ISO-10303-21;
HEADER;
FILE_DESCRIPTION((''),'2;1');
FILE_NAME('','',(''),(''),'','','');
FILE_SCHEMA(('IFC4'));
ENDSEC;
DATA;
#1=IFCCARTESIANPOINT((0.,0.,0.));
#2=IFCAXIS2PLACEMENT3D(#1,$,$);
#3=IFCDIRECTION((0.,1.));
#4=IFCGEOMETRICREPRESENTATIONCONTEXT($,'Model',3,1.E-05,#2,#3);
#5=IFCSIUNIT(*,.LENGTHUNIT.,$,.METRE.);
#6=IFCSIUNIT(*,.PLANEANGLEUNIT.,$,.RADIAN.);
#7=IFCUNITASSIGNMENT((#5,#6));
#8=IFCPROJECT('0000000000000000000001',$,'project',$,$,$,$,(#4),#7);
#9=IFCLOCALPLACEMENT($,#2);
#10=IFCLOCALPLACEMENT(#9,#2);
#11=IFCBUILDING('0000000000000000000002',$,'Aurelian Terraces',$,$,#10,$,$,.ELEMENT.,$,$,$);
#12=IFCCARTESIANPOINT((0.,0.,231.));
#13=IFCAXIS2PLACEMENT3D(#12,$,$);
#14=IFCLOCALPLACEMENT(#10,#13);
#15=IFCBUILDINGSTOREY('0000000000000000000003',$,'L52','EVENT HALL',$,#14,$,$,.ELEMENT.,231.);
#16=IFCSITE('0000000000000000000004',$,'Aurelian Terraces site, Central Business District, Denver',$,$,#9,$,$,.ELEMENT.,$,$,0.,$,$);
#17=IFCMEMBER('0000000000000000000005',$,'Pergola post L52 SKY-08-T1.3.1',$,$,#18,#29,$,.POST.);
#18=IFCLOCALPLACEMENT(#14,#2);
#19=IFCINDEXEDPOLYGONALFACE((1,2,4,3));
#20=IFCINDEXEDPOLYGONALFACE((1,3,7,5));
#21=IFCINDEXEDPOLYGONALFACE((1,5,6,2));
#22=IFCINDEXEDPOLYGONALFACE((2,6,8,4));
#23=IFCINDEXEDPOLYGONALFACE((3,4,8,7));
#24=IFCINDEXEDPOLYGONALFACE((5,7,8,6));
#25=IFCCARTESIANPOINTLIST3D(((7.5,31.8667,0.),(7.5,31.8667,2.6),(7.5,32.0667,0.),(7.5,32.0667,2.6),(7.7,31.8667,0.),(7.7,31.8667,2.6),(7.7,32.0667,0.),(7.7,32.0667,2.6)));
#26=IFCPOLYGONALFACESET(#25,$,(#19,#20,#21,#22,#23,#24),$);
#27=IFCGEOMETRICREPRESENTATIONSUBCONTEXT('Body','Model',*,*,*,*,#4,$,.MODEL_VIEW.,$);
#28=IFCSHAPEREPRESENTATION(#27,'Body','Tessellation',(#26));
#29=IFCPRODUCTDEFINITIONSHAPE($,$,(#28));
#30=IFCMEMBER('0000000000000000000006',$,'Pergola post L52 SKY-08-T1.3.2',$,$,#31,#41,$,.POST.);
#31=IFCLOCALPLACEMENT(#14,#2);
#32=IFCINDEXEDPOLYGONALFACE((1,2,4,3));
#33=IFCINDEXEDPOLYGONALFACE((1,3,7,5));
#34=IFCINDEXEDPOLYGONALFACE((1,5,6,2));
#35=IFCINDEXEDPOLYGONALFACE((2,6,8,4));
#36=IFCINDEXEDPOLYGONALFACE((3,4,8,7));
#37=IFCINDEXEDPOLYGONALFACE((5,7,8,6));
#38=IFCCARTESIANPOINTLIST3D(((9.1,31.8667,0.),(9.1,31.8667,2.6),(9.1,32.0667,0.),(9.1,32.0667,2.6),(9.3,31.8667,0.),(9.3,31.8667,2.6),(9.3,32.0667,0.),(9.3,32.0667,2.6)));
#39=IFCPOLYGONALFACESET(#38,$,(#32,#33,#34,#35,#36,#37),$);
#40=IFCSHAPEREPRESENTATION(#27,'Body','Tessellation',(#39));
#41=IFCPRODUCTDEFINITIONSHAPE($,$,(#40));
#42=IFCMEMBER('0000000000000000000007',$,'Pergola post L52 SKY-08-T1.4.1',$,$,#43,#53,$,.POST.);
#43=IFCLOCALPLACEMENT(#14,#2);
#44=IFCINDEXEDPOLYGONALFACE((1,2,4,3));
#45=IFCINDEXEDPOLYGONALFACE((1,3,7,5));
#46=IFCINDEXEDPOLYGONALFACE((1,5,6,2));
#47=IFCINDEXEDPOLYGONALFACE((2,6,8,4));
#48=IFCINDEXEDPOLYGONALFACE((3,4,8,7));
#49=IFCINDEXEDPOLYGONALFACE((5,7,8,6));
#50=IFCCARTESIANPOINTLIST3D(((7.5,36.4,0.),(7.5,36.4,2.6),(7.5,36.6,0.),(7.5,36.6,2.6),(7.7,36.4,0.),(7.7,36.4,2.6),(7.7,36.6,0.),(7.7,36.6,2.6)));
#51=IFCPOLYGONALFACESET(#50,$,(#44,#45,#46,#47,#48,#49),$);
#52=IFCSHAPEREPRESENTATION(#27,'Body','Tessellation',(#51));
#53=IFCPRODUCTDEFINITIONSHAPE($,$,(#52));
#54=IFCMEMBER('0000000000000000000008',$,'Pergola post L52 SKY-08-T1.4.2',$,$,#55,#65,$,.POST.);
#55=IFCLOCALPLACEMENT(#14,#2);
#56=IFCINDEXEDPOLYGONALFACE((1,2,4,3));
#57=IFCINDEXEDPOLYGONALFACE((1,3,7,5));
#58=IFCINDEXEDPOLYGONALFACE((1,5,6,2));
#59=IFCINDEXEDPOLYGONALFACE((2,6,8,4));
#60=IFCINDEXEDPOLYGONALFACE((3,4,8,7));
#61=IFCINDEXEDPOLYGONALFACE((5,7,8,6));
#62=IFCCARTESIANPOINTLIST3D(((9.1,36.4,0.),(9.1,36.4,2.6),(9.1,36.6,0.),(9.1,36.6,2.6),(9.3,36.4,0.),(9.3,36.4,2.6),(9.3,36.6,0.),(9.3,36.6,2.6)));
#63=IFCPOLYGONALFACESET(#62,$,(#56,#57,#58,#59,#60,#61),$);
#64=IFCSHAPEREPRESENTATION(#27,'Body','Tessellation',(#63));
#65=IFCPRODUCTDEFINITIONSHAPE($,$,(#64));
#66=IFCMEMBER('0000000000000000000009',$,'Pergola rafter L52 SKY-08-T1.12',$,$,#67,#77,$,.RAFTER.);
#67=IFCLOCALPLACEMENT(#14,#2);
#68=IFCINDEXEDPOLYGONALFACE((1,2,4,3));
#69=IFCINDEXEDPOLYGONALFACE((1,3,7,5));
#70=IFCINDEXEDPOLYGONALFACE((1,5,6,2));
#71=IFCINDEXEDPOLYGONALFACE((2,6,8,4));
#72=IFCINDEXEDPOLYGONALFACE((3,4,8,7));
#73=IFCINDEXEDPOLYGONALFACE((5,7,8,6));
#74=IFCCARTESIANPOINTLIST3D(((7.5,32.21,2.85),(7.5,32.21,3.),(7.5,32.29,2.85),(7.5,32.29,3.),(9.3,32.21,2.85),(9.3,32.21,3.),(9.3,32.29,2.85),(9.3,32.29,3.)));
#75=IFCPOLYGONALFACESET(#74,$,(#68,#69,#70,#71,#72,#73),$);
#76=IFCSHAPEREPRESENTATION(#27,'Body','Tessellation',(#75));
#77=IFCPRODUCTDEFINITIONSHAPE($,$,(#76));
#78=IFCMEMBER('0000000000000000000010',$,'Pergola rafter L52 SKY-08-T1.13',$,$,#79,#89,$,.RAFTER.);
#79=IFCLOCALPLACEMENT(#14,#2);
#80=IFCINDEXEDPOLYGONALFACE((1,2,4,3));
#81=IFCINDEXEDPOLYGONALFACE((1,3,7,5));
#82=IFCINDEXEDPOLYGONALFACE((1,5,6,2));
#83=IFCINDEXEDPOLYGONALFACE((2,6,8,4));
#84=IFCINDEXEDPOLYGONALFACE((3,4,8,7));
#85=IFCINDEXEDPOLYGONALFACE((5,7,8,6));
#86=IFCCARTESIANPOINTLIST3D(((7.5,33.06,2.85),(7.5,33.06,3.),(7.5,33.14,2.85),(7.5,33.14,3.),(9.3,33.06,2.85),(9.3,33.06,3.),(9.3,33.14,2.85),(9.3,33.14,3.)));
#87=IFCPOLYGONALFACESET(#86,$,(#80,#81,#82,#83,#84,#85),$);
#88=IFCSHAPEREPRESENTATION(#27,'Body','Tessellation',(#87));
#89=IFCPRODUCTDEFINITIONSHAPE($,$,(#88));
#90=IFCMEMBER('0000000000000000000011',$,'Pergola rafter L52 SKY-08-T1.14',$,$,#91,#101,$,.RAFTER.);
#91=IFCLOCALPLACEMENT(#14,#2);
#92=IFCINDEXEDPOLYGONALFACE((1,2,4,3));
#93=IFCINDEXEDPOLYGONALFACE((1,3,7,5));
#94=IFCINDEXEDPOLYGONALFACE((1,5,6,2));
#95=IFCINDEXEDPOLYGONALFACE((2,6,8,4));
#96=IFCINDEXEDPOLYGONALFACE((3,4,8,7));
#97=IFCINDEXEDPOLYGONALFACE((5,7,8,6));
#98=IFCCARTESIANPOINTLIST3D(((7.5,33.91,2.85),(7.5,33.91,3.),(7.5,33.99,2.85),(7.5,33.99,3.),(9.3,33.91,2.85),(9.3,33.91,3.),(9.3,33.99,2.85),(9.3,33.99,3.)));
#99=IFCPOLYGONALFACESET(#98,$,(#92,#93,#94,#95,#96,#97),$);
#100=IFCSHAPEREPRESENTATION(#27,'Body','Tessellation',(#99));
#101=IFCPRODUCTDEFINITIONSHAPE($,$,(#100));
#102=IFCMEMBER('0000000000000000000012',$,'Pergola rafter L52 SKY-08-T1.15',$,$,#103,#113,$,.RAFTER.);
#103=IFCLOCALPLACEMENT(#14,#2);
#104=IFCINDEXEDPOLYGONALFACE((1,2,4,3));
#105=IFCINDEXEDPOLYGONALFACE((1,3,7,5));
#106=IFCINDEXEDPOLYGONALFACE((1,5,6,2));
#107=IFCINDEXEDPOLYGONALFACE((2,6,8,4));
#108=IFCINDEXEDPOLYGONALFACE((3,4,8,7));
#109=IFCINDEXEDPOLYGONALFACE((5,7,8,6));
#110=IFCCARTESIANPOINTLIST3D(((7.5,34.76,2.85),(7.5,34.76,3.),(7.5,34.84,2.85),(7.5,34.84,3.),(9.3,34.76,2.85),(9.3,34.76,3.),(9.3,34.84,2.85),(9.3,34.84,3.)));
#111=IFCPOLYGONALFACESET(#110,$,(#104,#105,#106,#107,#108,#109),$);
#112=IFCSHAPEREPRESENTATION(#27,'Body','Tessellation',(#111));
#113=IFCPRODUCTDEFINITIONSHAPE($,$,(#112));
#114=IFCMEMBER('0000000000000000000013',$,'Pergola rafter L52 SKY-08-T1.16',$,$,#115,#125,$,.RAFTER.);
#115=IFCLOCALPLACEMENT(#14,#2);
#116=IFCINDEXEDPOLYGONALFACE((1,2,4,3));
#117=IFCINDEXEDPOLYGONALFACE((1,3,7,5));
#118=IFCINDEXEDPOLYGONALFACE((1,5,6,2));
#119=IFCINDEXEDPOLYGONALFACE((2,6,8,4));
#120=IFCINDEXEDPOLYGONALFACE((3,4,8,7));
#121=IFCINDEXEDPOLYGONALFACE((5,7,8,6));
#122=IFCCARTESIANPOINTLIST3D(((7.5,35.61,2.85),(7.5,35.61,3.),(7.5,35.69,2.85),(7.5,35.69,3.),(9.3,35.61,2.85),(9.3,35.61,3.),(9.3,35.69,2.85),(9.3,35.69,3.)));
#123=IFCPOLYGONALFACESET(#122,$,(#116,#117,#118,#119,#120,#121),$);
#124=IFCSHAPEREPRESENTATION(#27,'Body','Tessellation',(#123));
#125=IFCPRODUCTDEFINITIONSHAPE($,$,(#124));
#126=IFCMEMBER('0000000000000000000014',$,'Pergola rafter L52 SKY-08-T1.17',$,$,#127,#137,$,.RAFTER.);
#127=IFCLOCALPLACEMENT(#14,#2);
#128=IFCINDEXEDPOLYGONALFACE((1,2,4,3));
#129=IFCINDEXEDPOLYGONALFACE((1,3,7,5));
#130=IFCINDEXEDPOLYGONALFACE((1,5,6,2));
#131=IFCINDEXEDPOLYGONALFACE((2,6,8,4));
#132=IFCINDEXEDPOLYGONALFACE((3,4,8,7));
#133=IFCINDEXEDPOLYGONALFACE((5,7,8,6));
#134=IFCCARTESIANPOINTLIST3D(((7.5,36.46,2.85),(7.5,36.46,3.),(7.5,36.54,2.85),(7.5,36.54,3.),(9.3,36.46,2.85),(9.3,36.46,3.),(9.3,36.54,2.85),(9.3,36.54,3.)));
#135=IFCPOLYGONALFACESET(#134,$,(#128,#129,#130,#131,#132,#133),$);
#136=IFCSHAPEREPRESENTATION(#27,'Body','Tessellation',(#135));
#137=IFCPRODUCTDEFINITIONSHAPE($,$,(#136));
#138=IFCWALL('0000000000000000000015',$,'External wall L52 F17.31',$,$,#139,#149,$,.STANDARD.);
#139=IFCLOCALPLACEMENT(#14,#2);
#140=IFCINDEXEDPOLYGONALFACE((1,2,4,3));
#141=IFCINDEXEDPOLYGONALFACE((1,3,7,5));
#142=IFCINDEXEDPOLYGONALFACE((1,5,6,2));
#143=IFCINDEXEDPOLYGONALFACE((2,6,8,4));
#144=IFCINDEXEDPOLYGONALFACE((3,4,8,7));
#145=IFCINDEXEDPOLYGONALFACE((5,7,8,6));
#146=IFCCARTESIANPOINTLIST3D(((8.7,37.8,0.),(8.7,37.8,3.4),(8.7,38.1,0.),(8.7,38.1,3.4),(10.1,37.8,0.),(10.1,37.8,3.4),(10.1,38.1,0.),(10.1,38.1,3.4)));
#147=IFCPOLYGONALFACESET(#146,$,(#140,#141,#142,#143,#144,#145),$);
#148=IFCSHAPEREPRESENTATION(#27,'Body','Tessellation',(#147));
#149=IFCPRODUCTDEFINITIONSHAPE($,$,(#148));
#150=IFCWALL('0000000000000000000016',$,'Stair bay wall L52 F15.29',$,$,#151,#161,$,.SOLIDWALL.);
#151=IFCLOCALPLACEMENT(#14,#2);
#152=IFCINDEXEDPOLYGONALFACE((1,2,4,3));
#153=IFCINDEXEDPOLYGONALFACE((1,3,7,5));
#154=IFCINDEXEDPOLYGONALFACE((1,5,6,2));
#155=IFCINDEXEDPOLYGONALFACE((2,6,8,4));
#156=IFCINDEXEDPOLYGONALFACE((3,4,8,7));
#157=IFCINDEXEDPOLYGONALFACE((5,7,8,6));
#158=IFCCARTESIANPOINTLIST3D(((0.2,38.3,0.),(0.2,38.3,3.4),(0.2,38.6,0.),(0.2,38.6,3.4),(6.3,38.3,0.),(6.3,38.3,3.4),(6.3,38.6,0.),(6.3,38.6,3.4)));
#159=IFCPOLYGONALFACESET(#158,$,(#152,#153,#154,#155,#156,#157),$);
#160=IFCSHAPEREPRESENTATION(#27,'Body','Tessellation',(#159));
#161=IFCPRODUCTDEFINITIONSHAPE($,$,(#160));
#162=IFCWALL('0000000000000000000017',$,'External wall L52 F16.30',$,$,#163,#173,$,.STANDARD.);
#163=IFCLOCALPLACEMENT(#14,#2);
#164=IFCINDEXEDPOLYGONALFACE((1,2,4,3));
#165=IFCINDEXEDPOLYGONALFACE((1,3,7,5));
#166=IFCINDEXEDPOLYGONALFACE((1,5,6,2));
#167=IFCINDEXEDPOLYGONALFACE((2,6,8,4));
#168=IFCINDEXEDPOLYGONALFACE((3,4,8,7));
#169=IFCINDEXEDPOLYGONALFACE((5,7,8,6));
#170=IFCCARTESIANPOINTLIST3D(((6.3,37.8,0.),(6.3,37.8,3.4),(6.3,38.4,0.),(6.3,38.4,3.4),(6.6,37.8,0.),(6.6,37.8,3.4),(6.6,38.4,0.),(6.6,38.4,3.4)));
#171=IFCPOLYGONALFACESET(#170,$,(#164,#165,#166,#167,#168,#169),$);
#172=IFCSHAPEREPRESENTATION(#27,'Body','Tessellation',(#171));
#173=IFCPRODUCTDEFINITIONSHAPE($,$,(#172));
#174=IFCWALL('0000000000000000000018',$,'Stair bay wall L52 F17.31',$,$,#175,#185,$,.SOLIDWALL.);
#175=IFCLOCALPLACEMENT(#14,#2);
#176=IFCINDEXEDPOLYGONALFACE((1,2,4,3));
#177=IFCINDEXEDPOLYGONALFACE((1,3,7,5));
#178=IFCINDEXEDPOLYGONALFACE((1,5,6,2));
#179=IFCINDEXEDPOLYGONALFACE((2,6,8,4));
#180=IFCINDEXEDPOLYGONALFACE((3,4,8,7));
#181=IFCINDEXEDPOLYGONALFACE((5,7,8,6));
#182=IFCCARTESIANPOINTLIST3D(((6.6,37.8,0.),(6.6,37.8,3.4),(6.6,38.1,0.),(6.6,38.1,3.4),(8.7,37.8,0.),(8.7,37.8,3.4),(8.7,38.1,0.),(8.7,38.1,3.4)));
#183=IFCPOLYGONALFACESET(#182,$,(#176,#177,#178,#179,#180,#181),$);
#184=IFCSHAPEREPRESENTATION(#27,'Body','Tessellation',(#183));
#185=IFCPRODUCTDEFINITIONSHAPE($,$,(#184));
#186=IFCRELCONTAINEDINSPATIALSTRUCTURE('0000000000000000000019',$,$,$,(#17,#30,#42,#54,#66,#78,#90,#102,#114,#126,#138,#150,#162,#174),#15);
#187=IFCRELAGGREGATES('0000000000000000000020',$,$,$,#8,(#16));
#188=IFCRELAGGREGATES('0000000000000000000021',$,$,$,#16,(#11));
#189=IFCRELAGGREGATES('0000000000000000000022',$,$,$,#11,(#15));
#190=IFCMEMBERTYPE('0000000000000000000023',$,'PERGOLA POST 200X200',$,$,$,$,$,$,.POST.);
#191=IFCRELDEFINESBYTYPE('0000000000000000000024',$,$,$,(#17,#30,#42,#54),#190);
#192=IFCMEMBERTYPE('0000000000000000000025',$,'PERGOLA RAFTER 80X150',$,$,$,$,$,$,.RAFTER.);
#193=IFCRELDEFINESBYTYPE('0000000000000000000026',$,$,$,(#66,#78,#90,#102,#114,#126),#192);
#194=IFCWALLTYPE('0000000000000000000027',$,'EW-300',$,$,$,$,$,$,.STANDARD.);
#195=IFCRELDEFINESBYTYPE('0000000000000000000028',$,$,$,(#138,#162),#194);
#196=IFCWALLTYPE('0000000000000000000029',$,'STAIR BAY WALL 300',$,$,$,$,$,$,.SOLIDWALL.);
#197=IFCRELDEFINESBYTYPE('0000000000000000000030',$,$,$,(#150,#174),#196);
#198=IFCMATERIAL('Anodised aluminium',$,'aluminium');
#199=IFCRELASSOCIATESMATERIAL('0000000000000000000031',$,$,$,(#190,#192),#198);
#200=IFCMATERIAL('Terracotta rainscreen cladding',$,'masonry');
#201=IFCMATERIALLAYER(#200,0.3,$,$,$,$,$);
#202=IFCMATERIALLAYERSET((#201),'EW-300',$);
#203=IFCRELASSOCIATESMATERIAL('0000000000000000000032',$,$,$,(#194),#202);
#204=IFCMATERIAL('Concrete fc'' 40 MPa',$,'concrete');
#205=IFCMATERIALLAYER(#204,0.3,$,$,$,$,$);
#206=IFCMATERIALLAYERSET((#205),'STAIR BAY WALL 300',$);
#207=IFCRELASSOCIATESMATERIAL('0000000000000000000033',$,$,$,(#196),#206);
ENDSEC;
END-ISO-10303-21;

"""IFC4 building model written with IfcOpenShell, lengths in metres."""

from ifc_helpers import new_model, si_unit, direction, frame, frame_2d, origin, origin_2d, place, context, subcontext, project, spatial, rectangle, extrude, source, transform, mapped, material, layer, layer_set, material_profile, profile_set, type_object, element, save


model = new_model("IFC4")

# Units and contexts
model_context = context("Model", 3, precision=1e-05, world=origin(), true_north=direction((0.0, 1.0)))
body_context = subcontext(model_context, "Body", "Model", "MODEL_VIEW")
ifc_project = project(units=[si_unit("LENGTHUNIT", "METRE"), si_unit("PLANEANGLEUNIT", "RADIAN")], contexts=[model_context])

# Site, building, storey
site_placement = place(None, origin())
site = spatial("IfcSite", under=ifc_project, at=site_placement, Name="Aurelian Terraces site, Central Business District, Denver", CompositionType="ELEMENT", RefElevation=0.0)
building_placement = place(site_placement, origin())
building = spatial("IfcBuilding", under=site, at=building_placement, Name="Aurelian Terraces", CompositionType="ELEMENT")
storey_placement = place(building_placement, frame((0.0, 0.0, 231.0)))
storey = spatial("IfcBuildingStorey", under=building, at=storey_placement, Name="L52", Description="EVENT HALL", CompositionType="ELEMENT", Elevation=231.0)

# Members
ifc_material_1 = material(Name="Anodised aluminium", Category="aluminium")
ifc_material_profile_1 = material_profile(ifc_material_1, rectangle(XDim=0.2, YDim=0.2, at=origin_2d()))
ifc_profile_set_1 = profile_set([ifc_material_profile_1], Name="Anodised aluminium")
member_type_1 = type_object("IfcMemberType", Name="PERGOLA POST 200X200", PredefinedType="POST", material=ifc_profile_set_1)
shared_shape_1 = source(origin(), body_context, "Body", "SweptSolid", [
    extrude(rectangle(XDim=0.2, YDim=0.2, at=origin_2d()), origin(), (0.0, 0.0, 1.0), 2.6),
])
for number, where, z_axis, x_axis, name in (
    (1, (7.6, 31.9667, 0.0), (0.0, 0.0, 1.0), (1.0, 0.0, 0.0), "Pergola post L52 SKY-08-T1.3.1"),
    (2, (9.2, 31.9667, 0.0), (0.0, 0.0, 1.0), (1.0, 0.0, 0.0), "Pergola post L52 SKY-08-T1.3.2"),
    (3, (7.6, 36.5, 0.0), (0.0, 0.0, 1.0), (1.0, 0.0, 0.0), "Pergola post L52 SKY-08-T1.4.1"),
    (4, (9.2, 36.5, 0.0), (0.0, 0.0, 1.0), (1.0, 0.0, 0.0), "Pergola post L52 SKY-08-T1.4.2"),
):
    element("IfcMember", number, at=place(storey_placement, frame(where, z_axis=z_axis, x_axis=x_axis)), inside=storey, type_object=member_type_1, Name=name, PredefinedType="POST", context=body_context, shape_type="MappedRepresentation", body=[
        mapped(shared_shape_1, transform((0.0, 0.0, 0.0), scale=1.0)),
    ])
ifc_material_profile_2 = material_profile(ifc_material_1, rectangle(XDim=0.08, YDim=0.15, at=origin_2d()))
ifc_profile_set_2 = profile_set([ifc_material_profile_2], Name="Anodised aluminium")
member_type_2 = type_object("IfcMemberType", Name="PERGOLA RAFTER 80X150", PredefinedType="RAFTER", material=ifc_profile_set_2)
shared_shape_2 = source(origin(), body_context, "Body", "SweptSolid", [
    extrude(rectangle(XDim=0.08, YDim=0.15, at=origin_2d()), origin(), (0.0, 0.0, 1.0), 1.8),
])
for number, where, z_axis, x_axis, name in (
    (5, (7.5, 32.25, 2.925), (1.0, 0.0, 0.0), (0.0, 1.0, 0.0), "Pergola rafter L52 SKY-08-T1.12"),
    (6, (7.5, 33.1, 2.925), (1.0, 0.0, 0.0), (0.0, 1.0, 0.0), "Pergola rafter L52 SKY-08-T1.13"),
    (7, (7.5, 33.95, 2.925), (1.0, 0.0, 0.0), (0.0, 1.0, 0.0), "Pergola rafter L52 SKY-08-T1.14"),
    (8, (7.5, 34.8, 2.925), (1.0, 0.0, 0.0), (0.0, 1.0, 0.0), "Pergola rafter L52 SKY-08-T1.15"),
    (9, (7.5, 35.65, 2.925), (1.0, 0.0, 0.0), (0.0, 1.0, 0.0), "Pergola rafter L52 SKY-08-T1.16"),
    (10, (7.5, 36.5, 2.925), (1.0, 0.0, 0.0), (0.0, 1.0, 0.0), "Pergola rafter L52 SKY-08-T1.17"),
):
    element("IfcMember", number, at=place(storey_placement, frame(where, z_axis=z_axis, x_axis=x_axis)), inside=storey, type_object=member_type_2, Name=name, PredefinedType="RAFTER", context=body_context, shape_type="MappedRepresentation", body=[
        mapped(shared_shape_2, transform((0.0, 0.0, 0.0), scale=1.0)),
    ])

# Walls
ifc_material_2 = material(Name="Terracotta rainscreen cladding", Category="masonry")
ifc_layer_1 = layer(ifc_material_2, 0.3)
ifc_layer_set_1 = layer_set([ifc_layer_1], Name="EW-300")
wall_type_1 = type_object("IfcWallType", Name="EW-300", PredefinedType="STANDARD", material=ifc_layer_set_1)
wall_1_placement = place(storey_placement, frame((8.7, 37.95, 0.0), z_axis=(0.0, 0.0, 1.0), x_axis=(1.0, 0.0, 0.0)))
element("IfcWall", 11, at=wall_1_placement, inside=storey, type_object=wall_type_1, Name="External wall L52 F17.31", PredefinedType="STANDARD", context=body_context, shape_type="SweptSolid", body=[
    extrude(rectangle(XDim=1.4, YDim=0.3, at=frame_2d((0.7, 0.0))), origin(), (0.0, 0.0, 1.0), 3.4),
])
ifc_material_3 = material(Name="Concrete fc' 40 MPa", Category="concrete")
ifc_layer_2 = layer(ifc_material_3, 0.3)
ifc_layer_set_2 = layer_set([ifc_layer_2], Name="STAIR BAY WALL 300")
wall_type_2 = type_object("IfcWallType", Name="STAIR BAY WALL 300", PredefinedType="SOLIDWALL", material=ifc_layer_set_2)
shared_shape_3 = source(origin(), body_context, "Body", "SweptSolid", [
    extrude(rectangle(XDim=6.1, YDim=0.3, at=frame_2d((3.05, 0.0))), origin(), (0.0, 0.0, 1.0), 3.4),
])
wall_2_placement = place(storey_placement, frame((0.2, 38.45, 0.0), z_axis=(0.0, 0.0, 1.0), x_axis=(1.0, 0.0, 0.0)))
element("IfcWall", 12, at=wall_2_placement, inside=storey, type_object=wall_type_2, Name="Stair bay wall L52 F15.29", PredefinedType="SOLIDWALL", context=body_context, shape_type="MappedRepresentation", body=[
    mapped(shared_shape_3, transform((0.0, 0.0, 0.0), scale=1.0)),
])
shared_shape_4 = source(origin(), body_context, "Body", "SweptSolid", [
    extrude(rectangle(XDim=0.6, YDim=0.3, at=frame_2d((0.3, 0.0))), origin(), (0.0, 0.0, 1.0), 3.4),
])
wall_3_placement = place(storey_placement, frame((6.45, 38.4, 0.0), z_axis=(0.0, 0.0, 1.0), x_axis=(0.0, -1.0, 0.0)))
element("IfcWall", 13, at=wall_3_placement, inside=storey, type_object=wall_type_1, Name="External wall L52 F16.30", PredefinedType="STANDARD", context=body_context, shape_type="MappedRepresentation", body=[
    mapped(shared_shape_4, transform((0.0, 0.0, 0.0), scale=1.0)),
])
shared_shape_5 = source(origin(), body_context, "Body", "SweptSolid", [
    extrude(rectangle(XDim=2.1, YDim=0.3, at=frame_2d((1.05, 0.0))), origin(), (0.0, 0.0, 1.0), 3.4),
])
wall_4_placement = place(storey_placement, frame((6.6, 37.95, 0.0), z_axis=(0.0, 0.0, 1.0), x_axis=(1.0, 0.0, 0.0)))
element("IfcWall", 14, at=wall_4_placement, inside=storey, type_object=wall_type_2, Name="Stair bay wall L52 F17.31", PredefinedType="SOLIDWALL", context=body_context, shape_type="MappedRepresentation", body=[
    mapped(shared_shape_5, transform((0.0, 0.0, 0.0), scale=1.0)),
])

save(model, "model.ifc")
